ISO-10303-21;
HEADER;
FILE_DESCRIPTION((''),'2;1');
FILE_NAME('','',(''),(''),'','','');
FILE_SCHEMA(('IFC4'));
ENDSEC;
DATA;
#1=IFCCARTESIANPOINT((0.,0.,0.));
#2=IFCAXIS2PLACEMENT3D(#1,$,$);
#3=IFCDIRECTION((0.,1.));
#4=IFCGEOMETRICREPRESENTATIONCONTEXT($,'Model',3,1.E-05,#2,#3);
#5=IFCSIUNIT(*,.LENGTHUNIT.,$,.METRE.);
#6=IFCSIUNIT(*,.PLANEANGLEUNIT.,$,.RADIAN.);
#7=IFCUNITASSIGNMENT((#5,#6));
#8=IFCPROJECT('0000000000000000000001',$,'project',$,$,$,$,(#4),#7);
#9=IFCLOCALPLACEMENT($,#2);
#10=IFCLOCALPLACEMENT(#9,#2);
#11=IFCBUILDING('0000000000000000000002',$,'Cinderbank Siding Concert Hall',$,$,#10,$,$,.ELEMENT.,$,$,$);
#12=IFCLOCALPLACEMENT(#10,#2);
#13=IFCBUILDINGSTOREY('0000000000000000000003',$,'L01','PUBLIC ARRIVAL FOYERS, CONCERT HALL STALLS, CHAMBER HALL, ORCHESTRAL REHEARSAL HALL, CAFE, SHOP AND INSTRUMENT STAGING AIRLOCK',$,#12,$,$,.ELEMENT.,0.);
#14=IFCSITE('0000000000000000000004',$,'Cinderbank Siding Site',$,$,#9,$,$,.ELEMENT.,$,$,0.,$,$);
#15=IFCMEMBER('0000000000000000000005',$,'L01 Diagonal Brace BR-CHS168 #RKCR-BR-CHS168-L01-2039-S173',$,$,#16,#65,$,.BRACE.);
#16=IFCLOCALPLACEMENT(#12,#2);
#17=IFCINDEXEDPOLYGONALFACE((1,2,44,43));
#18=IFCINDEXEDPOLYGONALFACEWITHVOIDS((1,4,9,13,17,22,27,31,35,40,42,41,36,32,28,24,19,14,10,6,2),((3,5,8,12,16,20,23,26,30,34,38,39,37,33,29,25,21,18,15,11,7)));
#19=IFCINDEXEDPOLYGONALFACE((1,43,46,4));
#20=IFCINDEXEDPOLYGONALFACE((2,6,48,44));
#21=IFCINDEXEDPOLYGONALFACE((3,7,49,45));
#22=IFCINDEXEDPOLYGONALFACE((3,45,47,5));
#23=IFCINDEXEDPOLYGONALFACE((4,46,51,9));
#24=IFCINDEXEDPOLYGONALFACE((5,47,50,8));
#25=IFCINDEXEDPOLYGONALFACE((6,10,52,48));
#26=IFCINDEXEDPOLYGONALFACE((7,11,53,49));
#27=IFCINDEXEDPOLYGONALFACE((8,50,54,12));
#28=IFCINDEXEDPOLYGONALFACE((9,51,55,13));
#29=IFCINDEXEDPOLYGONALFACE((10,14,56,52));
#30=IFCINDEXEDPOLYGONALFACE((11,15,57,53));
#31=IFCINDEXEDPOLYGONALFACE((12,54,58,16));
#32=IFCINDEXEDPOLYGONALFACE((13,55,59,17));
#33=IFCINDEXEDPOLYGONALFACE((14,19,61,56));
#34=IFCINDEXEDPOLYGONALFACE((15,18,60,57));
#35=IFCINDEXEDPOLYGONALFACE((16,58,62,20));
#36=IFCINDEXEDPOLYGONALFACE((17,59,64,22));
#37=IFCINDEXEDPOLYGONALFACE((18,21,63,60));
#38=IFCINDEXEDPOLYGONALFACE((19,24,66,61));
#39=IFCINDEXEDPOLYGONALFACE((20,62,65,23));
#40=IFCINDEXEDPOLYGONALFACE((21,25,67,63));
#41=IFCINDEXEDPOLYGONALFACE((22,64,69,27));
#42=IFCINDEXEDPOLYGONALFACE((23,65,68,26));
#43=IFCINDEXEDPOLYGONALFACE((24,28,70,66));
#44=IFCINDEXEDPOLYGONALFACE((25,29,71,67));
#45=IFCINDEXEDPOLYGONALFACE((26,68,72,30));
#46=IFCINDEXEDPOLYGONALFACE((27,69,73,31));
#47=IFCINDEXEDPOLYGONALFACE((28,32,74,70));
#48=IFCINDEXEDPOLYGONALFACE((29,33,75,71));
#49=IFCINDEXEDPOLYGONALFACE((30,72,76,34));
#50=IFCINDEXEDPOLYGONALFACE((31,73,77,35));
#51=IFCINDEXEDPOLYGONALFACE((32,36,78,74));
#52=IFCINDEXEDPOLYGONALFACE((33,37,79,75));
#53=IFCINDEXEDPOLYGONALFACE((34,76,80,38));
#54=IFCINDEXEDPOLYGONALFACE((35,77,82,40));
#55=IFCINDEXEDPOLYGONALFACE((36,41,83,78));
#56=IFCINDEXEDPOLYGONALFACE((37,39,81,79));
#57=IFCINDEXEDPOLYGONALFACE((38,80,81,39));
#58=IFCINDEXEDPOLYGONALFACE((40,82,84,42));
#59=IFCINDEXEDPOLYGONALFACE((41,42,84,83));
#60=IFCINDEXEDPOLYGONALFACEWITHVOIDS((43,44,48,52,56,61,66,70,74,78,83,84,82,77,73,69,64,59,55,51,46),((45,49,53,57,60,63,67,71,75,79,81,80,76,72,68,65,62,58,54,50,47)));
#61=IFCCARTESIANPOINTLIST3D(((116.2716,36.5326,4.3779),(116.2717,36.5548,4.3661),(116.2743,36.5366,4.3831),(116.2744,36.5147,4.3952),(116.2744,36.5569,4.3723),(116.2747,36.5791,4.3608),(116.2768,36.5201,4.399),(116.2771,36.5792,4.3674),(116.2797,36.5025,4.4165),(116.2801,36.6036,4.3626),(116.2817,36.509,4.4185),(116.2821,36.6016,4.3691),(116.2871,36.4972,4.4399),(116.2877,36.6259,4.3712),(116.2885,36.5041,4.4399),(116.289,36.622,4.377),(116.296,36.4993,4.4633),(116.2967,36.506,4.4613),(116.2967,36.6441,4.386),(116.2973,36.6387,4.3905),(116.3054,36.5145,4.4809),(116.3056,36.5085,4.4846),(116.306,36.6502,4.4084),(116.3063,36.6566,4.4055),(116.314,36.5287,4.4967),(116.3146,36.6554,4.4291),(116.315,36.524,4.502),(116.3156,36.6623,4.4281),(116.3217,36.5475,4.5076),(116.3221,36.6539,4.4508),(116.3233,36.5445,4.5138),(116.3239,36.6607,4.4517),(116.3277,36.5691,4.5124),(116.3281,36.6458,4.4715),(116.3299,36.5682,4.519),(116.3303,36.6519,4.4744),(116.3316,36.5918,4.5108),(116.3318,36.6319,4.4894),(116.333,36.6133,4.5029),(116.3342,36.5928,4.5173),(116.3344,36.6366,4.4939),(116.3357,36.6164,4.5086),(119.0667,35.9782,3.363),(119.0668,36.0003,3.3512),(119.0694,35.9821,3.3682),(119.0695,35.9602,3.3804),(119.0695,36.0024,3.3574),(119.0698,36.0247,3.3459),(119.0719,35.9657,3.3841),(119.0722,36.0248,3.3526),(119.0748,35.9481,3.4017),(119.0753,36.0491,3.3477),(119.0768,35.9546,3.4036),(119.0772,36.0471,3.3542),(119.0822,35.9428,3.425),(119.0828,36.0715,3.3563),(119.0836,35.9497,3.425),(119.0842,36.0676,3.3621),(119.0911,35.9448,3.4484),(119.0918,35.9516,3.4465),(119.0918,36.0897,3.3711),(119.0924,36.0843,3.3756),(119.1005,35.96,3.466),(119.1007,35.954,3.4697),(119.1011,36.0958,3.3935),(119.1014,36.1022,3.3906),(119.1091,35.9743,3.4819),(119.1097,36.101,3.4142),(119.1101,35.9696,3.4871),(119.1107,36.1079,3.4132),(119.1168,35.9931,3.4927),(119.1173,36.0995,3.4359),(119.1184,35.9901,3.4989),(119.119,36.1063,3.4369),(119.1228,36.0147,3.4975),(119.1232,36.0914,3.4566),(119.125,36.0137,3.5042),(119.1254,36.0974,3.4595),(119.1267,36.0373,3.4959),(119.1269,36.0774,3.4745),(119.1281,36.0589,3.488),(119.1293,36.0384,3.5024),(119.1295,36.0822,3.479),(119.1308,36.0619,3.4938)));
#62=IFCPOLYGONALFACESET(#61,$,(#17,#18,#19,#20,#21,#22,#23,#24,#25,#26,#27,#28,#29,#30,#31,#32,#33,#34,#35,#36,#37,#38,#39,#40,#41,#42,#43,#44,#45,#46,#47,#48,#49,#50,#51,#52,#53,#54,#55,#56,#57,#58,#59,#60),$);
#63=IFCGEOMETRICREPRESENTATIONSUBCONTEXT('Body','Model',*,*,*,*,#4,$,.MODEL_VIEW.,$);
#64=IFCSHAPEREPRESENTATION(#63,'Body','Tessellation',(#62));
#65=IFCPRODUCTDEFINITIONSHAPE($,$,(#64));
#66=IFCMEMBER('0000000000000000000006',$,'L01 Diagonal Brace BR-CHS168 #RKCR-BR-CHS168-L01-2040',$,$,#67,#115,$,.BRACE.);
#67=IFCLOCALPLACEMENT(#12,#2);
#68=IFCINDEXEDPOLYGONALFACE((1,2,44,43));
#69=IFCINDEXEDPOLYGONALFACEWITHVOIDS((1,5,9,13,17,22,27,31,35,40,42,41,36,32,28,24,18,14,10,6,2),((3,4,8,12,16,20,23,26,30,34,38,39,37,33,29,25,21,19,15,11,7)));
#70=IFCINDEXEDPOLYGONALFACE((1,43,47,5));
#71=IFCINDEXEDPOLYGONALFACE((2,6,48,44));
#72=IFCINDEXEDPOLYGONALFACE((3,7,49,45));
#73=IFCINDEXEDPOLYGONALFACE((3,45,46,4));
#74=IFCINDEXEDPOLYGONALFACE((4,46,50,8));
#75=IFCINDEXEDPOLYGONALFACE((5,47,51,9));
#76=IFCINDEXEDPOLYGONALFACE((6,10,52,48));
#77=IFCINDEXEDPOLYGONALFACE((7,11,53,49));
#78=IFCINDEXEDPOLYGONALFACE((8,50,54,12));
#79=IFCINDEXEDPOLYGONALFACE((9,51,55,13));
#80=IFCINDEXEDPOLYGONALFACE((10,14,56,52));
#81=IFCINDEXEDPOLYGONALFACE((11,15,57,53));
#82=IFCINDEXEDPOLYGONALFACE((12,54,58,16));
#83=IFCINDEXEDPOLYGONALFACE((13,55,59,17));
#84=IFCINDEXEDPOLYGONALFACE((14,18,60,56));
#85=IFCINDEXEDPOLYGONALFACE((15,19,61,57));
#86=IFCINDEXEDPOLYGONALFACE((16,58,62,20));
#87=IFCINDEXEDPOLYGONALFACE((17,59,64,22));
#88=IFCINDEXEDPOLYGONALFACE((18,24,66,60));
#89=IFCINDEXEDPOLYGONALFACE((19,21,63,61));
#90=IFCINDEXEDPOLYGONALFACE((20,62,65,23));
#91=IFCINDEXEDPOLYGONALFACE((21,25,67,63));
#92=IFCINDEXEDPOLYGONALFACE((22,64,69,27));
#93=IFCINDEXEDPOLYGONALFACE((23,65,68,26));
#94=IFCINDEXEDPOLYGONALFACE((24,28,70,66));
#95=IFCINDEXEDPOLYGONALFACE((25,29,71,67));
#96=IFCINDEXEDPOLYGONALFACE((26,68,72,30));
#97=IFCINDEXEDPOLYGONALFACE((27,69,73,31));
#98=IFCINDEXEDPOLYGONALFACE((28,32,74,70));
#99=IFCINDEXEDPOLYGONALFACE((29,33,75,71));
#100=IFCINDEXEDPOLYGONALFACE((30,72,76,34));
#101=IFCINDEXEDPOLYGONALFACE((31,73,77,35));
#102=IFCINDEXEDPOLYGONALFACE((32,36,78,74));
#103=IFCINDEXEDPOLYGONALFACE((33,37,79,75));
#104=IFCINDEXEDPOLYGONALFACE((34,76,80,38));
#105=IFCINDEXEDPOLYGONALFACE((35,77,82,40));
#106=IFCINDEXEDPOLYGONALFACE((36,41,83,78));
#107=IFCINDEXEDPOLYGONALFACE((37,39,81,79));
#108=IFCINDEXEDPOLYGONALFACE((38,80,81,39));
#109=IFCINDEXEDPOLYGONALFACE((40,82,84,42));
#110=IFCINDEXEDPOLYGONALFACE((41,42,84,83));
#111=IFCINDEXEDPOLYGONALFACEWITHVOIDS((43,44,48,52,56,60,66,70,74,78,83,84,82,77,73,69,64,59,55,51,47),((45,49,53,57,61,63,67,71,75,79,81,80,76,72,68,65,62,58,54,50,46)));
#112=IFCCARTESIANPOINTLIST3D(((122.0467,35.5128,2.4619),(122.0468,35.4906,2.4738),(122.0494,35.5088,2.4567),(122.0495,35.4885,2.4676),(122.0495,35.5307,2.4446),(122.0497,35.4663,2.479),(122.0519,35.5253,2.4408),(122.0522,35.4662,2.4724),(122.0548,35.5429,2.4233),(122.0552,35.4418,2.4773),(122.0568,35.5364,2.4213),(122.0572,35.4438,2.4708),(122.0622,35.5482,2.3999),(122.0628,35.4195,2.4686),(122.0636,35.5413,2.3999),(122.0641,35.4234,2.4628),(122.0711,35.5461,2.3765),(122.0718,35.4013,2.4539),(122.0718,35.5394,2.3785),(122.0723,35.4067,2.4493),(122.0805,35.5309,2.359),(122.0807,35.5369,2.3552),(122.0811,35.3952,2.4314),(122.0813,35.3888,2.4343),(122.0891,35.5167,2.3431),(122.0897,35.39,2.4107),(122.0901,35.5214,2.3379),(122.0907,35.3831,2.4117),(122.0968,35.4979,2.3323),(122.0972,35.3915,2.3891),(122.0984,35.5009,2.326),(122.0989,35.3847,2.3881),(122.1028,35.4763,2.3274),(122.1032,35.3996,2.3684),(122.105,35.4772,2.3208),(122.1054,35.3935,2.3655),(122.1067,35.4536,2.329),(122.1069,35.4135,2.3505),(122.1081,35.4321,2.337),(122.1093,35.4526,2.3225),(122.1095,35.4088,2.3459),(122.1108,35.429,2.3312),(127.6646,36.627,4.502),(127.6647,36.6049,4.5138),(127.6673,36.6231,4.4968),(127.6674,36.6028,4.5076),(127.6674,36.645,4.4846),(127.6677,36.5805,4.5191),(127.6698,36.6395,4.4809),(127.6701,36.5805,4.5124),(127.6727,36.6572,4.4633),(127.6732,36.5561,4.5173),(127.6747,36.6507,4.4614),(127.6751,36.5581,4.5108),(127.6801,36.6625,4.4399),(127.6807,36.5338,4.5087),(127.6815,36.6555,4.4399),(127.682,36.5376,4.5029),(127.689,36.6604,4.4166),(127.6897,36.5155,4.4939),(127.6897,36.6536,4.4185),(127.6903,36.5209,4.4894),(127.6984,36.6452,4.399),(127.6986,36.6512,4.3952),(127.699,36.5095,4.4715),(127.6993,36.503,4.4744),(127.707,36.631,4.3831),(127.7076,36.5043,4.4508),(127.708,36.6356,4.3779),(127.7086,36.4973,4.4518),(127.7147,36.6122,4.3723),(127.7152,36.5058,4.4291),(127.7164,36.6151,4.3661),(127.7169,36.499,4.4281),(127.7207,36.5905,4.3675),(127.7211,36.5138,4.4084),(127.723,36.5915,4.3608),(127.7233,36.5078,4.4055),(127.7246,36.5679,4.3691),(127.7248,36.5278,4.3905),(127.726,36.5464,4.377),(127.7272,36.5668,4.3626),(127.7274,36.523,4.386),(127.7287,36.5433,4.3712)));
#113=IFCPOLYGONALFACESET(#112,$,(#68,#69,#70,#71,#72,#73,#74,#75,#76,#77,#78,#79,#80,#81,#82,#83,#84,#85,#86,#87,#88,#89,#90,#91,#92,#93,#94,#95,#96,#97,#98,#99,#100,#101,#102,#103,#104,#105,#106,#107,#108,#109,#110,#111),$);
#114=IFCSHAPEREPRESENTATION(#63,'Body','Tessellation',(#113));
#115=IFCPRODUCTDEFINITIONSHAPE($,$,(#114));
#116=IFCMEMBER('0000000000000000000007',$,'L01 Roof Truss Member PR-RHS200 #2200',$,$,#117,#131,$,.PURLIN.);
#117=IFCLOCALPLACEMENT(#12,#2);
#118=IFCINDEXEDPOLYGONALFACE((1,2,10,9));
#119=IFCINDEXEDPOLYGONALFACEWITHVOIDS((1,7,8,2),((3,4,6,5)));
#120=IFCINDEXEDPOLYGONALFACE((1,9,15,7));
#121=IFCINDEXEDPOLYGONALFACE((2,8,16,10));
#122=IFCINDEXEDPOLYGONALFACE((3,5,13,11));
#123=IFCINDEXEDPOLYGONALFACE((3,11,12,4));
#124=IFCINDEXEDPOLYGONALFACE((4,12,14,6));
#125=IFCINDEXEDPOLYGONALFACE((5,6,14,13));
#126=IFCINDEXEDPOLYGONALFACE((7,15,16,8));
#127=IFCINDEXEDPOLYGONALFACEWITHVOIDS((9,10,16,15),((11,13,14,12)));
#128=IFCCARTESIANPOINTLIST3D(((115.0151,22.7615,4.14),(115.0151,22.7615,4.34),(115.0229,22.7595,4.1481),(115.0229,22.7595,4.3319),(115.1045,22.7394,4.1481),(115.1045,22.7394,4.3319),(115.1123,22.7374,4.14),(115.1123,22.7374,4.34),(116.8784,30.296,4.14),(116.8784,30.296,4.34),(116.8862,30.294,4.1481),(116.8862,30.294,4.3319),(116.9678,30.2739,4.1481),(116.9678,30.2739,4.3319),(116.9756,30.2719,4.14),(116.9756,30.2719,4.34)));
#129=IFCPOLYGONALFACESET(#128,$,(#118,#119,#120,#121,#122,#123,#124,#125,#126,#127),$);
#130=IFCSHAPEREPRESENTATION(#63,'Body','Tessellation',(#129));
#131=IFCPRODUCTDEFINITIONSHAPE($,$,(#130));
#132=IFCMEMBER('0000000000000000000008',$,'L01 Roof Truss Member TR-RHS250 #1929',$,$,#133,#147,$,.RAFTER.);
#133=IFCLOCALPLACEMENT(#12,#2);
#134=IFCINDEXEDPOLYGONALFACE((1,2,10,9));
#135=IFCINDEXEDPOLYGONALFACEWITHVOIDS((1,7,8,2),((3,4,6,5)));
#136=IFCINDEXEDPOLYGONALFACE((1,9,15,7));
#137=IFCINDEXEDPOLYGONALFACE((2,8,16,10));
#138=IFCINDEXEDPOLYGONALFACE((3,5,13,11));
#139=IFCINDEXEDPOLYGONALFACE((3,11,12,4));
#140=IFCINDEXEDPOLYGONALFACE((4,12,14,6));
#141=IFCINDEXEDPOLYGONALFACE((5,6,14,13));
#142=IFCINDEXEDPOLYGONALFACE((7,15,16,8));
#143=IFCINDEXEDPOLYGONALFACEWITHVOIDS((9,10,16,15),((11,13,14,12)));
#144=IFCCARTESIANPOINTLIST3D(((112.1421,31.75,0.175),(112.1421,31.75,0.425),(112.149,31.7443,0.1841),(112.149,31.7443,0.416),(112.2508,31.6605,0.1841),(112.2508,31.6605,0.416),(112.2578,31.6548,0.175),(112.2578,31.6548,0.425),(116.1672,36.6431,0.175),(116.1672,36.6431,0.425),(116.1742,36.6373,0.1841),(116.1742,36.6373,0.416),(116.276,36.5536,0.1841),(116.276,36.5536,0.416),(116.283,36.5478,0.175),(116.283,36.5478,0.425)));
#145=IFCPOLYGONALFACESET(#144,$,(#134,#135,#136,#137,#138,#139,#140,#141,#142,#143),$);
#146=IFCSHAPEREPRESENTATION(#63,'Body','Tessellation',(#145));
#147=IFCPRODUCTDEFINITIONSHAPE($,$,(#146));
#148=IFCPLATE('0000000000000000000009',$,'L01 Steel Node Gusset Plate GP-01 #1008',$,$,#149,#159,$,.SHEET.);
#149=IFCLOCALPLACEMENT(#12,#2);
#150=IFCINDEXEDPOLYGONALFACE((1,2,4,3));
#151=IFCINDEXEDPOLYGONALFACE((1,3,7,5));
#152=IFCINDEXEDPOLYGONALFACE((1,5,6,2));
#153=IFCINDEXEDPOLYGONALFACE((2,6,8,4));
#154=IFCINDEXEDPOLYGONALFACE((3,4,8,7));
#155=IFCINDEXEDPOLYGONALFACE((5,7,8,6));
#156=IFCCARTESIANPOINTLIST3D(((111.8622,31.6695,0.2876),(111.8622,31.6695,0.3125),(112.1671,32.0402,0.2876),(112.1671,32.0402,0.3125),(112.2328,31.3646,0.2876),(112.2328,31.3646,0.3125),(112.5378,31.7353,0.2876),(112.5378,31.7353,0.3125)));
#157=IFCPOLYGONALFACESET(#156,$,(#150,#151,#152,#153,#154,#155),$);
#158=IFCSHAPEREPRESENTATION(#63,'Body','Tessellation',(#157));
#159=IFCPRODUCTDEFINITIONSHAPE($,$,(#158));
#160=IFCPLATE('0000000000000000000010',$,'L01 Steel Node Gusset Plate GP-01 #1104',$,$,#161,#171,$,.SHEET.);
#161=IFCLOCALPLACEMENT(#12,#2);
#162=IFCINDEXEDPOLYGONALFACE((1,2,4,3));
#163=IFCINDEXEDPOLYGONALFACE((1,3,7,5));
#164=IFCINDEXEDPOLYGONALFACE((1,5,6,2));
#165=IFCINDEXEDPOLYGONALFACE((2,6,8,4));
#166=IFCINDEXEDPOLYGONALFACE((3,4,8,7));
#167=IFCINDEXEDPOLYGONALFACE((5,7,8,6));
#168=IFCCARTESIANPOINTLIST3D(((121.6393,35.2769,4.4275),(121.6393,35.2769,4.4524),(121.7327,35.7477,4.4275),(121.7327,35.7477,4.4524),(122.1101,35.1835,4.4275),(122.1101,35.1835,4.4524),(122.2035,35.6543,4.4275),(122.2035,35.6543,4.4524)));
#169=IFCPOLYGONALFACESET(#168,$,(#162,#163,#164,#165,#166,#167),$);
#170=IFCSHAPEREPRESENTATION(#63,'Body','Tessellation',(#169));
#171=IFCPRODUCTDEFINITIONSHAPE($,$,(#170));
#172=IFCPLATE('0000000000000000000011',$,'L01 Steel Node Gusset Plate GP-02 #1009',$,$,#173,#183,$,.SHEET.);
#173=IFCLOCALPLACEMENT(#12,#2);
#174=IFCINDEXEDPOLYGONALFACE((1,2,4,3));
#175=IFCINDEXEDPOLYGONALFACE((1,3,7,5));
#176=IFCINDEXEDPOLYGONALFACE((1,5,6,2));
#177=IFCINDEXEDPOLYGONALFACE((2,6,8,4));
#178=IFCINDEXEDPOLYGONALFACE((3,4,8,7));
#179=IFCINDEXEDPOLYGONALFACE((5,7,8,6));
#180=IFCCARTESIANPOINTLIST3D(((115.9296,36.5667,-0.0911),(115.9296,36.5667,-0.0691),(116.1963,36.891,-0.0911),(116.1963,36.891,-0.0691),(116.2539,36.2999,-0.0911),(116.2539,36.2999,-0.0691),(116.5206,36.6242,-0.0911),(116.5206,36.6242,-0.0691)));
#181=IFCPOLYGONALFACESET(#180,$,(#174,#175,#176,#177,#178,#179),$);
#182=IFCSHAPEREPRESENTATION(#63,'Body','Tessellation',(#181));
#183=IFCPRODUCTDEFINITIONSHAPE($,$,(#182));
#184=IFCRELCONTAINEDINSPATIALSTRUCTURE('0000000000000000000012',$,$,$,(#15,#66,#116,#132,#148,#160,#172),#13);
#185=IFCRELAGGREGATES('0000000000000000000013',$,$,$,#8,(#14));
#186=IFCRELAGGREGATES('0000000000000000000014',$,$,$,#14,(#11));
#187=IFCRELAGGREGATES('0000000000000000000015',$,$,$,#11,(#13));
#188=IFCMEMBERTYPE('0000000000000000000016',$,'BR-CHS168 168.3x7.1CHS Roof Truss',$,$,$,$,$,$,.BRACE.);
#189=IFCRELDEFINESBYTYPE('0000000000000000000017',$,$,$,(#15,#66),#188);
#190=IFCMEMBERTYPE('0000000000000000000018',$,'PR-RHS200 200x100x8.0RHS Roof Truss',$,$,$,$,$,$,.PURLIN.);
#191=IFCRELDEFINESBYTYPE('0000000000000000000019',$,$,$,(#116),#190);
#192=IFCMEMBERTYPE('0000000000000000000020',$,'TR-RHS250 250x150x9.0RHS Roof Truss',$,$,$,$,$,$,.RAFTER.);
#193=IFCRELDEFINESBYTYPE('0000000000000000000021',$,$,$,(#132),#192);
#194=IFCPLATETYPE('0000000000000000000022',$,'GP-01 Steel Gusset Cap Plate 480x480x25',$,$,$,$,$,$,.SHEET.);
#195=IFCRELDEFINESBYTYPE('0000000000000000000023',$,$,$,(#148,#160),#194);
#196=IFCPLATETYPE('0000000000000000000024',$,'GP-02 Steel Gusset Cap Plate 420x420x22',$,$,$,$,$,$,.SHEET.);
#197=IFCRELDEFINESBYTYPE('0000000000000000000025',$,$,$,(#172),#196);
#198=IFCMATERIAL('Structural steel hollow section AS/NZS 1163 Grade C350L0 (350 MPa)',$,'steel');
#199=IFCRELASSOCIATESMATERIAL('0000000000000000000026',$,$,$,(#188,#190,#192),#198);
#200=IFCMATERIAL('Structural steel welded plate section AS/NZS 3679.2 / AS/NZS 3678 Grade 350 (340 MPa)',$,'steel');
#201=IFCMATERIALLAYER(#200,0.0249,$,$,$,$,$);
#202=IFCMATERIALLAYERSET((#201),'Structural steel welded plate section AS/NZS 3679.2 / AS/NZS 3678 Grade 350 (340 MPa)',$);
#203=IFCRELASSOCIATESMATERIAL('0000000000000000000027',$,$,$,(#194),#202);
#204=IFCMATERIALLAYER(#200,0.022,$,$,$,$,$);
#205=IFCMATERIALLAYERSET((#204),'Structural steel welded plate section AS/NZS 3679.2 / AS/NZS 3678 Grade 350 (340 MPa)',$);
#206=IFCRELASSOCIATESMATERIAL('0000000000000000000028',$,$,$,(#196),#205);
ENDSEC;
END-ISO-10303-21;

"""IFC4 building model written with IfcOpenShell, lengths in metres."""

from ifc_helpers import new_model, si_unit, direction, frame, origin, origin_2d, place, context, subcontext, project, spatial, rectangle, hollow_rectangle, hollow_circle, extrude, material, layer, layer_set, material_profile, profile_set, type_object, element, save


model = new_model("IFC4")

# Units and contexts
model_context = context("Model", 3, precision=1e-05, world=origin(), true_north=direction((0.0, 1.0)))
body_context = subcontext(model_context, "Body", "Model", "MODEL_VIEW")
ifc_project = project(units=[si_unit("LENGTHUNIT", "METRE"), si_unit("PLANEANGLEUNIT", "RADIAN")], contexts=[model_context])

# Site, building, storey
site_placement = place(None, origin())
site = spatial("IfcSite", under=ifc_project, at=site_placement, Name="Cinderbank Siding Site", CompositionType="ELEMENT", RefElevation=0.0)
building_placement = place(site_placement, origin())
building = spatial("IfcBuilding", under=site, at=building_placement, Name="Cinderbank Siding Concert Hall", CompositionType="ELEMENT")
storey_placement = place(building_placement, origin())
storey = spatial("IfcBuildingStorey", under=building, at=storey_placement, Name="L01", Description="PUBLIC ARRIVAL FOYERS, CONCERT HALL STALLS, CHAMBER HALL, ORCHESTRAL REHEARSAL HALL, CAFE, SHOP AND INSTRUMENT STAGING AIRLOCK", CompositionType="ELEMENT", Elevation=0.0)

# Members
ifc_material_1 = material(Name="Structural steel hollow section AS/NZS 1163 Grade C350L0 (350 MPa)", Category="steel")
ifc_material_profile_1 = material_profile(ifc_material_1, hollow_circle(Radius=0.0842, WallThickness=0.0071, at=origin_2d()), Name="168.3x7.1CHS", Category="LoadBearing")
ifc_profile_set_1 = profile_set([ifc_material_profile_1], Name="Structural steel hollow section AS/NZS 1163 Grade C350L0 (350 MPa)")
member_type_1 = type_object("IfcMemberType", Name="BR-CHS168 168.3x7.1CHS Roof Truss", PredefinedType="BRACE", material=ifc_profile_set_1)
for number, where, z_axis, x_axis, name in (
    (1, (119.0986, 36.0254, 3.425), (-0.924035, 0.18329, 0.335506), (-0.194567, -0.980889, 0.0), "L01 Diagonal Brace BR-CHS168 #RKCR-BR-CHS168-L01-2039-S173"),
):
    element("IfcMember", number, at=place(storey_placement, frame(where, z_axis=z_axis, x_axis=x_axis)), inside=storey, type_object=member_type_1, Name=name, PredefinedType="BRACE", context=body_context, shape_type="SweptSolid", body=[
        extrude(hollow_circle(Radius=0.0842, WallThickness=0.0071, at=origin_2d()), origin(), (0.0, 0.0, 1.0), 3.0249),
    ])
member_1_placement = place(storey_placement, frame((122.0786, 35.4656, 2.3999), z_axis=(0.924026, 0.183271, 0.335542), x_axis=(-0.19455, 0.980893, 0.0)))
element("IfcMember", 2, at=member_1_placement, inside=storey, type_object=member_type_1, Name="L01 Diagonal Brace BR-CHS168 #RKCR-BR-CHS168-L01-2040", PredefinedType="BRACE", context=body_context, shape_type="SweptSolid", body=[
    extrude(hollow_circle(Radius=0.0842, WallThickness=0.0071, at=origin_2d()), origin(), (0.0, 0.0, 1.0), 6.0798),
])
ifc_material_profile_2 = material_profile(ifc_material_1, hollow_rectangle(XDim=0.1001, YDim=0.2, WallThickness=0.0081, at=origin_2d()), Name="200x100x8.0RHS", Category="LoadBearing")
ifc_profile_set_2 = profile_set([ifc_material_profile_2], Name="Structural steel hollow section AS/NZS 1163 Grade C350L0 (350 MPa)")
member_type_2 = type_object("IfcMemberType", Name="PR-RHS200 200x100x8.0RHS Roof Truss", PredefinedType="PURLIN", material=ifc_profile_set_2)
member_2_placement = place(storey_placement, frame((116.927, 30.2839, 4.24), z_axis=(-0.24007, -0.970756, 0.0), x_axis=(0.970756, -0.24007, 0.0)))
element("IfcMember", 3, at=member_2_placement, inside=storey, type_object=member_type_2, Name="L01 Roof Truss Member PR-RHS200 #2200", PredefinedType="PURLIN", context=body_context, shape_type="SweptSolid", body=[
    extrude(hollow_rectangle(XDim=0.1001, YDim=0.2, WallThickness=0.0081, at=origin_2d()), origin(), (0.0, 0.0, 1.0), 7.7615),
])
ifc_material_profile_3 = material_profile(ifc_material_1, hollow_rectangle(XDim=0.1499, YDim=0.25, WallThickness=0.009, at=origin_2d()), Name="250x150x9.0RHS", Category="LoadBearing")
ifc_profile_set_3 = profile_set([ifc_material_profile_3], Name="Structural steel hollow section AS/NZS 1163 Grade C350L0 (350 MPa)")
member_type_3 = type_object("IfcMemberType", Name="TR-RHS250 250x150x9.0RHS Roof Truss", PredefinedType="RAFTER", material=ifc_profile_set_3)
member_3_placement = place(storey_placement, frame((116.2251, 36.5955, 0.3), z_axis=(-0.63529, -0.772274, 0.0), x_axis=(0.772274, -0.63529, 0.0)))
element("IfcMember", 4, at=member_3_placement, inside=storey, type_object=member_type_3, Name="L01 Roof Truss Member TR-RHS250 #1929", PredefinedType="RAFTER", context=body_context, shape_type="SweptSolid", body=[
    extrude(hollow_rectangle(XDim=0.1499, YDim=0.25, WallThickness=0.009, at=origin_2d()), origin(), (0.0, 0.0, 1.0), 6.3359),
])

# Plates
ifc_material_2 = material(Name="Structural steel welded plate section AS/NZS 3679.2 / AS/NZS 3678 Grade 350 (340 MPa)", Category="steel")
ifc_layer_1 = layer(ifc_material_2, 0.0249)
ifc_layer_set_1 = layer_set([ifc_layer_1], Name="Structural steel welded plate section AS/NZS 3679.2 / AS/NZS 3678 Grade 350 (340 MPa)")
plate_type_1 = type_object("IfcPlateType", Name="GP-01 Steel Gusset Cap Plate 480x480x25", PredefinedType="SHEET", material=ifc_layer_set_1)
for number, where, z_axis, x_axis, name in (
    (5, (112.2, 31.7024, 0.2876), (0.0, 0.0, 1.0), (0.63527, 0.77229, 0.0), "L01 Steel Node Gusset Plate GP-01 #1008"),
    (6, (121.9214, 35.4656, 4.4275), (0.0, 0.0, 1.0), (0.980887, -0.194577, 0.0), "L01 Steel Node Gusset Plate GP-01 #1104"),
):
    element("IfcPlate", number, at=place(storey_placement, frame(where, z_axis=z_axis, x_axis=x_axis)), inside=storey, type_object=plate_type_1, Name=name, PredefinedType="SHEET", context=body_context, shape_type="SweptSolid", body=[
        extrude(rectangle(XDim=0.48, YDim=0.48, at=origin_2d()), origin(), (0.0, 0.0, 1.0), 0.0249),
    ])
ifc_layer_2 = layer(ifc_material_2, 0.022)
ifc_layer_set_2 = layer_set([ifc_layer_2], Name="Structural steel welded plate section AS/NZS 3679.2 / AS/NZS 3678 Grade 350 (340 MPa)")
plate_type_2 = type_object("IfcPlateType", Name="GP-02 Steel Gusset Cap Plate 420x420x22", PredefinedType="SHEET", material=ifc_layer_set_2)
for number, where, z_axis, x_axis, name in (
    (7, (116.2251, 36.5955, -0.0911), (0.0, 0.0, 1.0), (0.63527, 0.77229, 0.0), "L01 Steel Node Gusset Plate GP-02 #1009"),
):
    element("IfcPlate", number, at=place(storey_placement, frame(where, z_axis=z_axis, x_axis=x_axis)), inside=storey, type_object=plate_type_2, Name=name, PredefinedType="SHEET", context=body_context, shape_type="SweptSolid", body=[
        extrude(rectangle(XDim=0.4199, YDim=0.4199, at=origin_2d()), origin(), (0.0, 0.0, 1.0), 0.022),
    ])

save(model, "model.ifc")
